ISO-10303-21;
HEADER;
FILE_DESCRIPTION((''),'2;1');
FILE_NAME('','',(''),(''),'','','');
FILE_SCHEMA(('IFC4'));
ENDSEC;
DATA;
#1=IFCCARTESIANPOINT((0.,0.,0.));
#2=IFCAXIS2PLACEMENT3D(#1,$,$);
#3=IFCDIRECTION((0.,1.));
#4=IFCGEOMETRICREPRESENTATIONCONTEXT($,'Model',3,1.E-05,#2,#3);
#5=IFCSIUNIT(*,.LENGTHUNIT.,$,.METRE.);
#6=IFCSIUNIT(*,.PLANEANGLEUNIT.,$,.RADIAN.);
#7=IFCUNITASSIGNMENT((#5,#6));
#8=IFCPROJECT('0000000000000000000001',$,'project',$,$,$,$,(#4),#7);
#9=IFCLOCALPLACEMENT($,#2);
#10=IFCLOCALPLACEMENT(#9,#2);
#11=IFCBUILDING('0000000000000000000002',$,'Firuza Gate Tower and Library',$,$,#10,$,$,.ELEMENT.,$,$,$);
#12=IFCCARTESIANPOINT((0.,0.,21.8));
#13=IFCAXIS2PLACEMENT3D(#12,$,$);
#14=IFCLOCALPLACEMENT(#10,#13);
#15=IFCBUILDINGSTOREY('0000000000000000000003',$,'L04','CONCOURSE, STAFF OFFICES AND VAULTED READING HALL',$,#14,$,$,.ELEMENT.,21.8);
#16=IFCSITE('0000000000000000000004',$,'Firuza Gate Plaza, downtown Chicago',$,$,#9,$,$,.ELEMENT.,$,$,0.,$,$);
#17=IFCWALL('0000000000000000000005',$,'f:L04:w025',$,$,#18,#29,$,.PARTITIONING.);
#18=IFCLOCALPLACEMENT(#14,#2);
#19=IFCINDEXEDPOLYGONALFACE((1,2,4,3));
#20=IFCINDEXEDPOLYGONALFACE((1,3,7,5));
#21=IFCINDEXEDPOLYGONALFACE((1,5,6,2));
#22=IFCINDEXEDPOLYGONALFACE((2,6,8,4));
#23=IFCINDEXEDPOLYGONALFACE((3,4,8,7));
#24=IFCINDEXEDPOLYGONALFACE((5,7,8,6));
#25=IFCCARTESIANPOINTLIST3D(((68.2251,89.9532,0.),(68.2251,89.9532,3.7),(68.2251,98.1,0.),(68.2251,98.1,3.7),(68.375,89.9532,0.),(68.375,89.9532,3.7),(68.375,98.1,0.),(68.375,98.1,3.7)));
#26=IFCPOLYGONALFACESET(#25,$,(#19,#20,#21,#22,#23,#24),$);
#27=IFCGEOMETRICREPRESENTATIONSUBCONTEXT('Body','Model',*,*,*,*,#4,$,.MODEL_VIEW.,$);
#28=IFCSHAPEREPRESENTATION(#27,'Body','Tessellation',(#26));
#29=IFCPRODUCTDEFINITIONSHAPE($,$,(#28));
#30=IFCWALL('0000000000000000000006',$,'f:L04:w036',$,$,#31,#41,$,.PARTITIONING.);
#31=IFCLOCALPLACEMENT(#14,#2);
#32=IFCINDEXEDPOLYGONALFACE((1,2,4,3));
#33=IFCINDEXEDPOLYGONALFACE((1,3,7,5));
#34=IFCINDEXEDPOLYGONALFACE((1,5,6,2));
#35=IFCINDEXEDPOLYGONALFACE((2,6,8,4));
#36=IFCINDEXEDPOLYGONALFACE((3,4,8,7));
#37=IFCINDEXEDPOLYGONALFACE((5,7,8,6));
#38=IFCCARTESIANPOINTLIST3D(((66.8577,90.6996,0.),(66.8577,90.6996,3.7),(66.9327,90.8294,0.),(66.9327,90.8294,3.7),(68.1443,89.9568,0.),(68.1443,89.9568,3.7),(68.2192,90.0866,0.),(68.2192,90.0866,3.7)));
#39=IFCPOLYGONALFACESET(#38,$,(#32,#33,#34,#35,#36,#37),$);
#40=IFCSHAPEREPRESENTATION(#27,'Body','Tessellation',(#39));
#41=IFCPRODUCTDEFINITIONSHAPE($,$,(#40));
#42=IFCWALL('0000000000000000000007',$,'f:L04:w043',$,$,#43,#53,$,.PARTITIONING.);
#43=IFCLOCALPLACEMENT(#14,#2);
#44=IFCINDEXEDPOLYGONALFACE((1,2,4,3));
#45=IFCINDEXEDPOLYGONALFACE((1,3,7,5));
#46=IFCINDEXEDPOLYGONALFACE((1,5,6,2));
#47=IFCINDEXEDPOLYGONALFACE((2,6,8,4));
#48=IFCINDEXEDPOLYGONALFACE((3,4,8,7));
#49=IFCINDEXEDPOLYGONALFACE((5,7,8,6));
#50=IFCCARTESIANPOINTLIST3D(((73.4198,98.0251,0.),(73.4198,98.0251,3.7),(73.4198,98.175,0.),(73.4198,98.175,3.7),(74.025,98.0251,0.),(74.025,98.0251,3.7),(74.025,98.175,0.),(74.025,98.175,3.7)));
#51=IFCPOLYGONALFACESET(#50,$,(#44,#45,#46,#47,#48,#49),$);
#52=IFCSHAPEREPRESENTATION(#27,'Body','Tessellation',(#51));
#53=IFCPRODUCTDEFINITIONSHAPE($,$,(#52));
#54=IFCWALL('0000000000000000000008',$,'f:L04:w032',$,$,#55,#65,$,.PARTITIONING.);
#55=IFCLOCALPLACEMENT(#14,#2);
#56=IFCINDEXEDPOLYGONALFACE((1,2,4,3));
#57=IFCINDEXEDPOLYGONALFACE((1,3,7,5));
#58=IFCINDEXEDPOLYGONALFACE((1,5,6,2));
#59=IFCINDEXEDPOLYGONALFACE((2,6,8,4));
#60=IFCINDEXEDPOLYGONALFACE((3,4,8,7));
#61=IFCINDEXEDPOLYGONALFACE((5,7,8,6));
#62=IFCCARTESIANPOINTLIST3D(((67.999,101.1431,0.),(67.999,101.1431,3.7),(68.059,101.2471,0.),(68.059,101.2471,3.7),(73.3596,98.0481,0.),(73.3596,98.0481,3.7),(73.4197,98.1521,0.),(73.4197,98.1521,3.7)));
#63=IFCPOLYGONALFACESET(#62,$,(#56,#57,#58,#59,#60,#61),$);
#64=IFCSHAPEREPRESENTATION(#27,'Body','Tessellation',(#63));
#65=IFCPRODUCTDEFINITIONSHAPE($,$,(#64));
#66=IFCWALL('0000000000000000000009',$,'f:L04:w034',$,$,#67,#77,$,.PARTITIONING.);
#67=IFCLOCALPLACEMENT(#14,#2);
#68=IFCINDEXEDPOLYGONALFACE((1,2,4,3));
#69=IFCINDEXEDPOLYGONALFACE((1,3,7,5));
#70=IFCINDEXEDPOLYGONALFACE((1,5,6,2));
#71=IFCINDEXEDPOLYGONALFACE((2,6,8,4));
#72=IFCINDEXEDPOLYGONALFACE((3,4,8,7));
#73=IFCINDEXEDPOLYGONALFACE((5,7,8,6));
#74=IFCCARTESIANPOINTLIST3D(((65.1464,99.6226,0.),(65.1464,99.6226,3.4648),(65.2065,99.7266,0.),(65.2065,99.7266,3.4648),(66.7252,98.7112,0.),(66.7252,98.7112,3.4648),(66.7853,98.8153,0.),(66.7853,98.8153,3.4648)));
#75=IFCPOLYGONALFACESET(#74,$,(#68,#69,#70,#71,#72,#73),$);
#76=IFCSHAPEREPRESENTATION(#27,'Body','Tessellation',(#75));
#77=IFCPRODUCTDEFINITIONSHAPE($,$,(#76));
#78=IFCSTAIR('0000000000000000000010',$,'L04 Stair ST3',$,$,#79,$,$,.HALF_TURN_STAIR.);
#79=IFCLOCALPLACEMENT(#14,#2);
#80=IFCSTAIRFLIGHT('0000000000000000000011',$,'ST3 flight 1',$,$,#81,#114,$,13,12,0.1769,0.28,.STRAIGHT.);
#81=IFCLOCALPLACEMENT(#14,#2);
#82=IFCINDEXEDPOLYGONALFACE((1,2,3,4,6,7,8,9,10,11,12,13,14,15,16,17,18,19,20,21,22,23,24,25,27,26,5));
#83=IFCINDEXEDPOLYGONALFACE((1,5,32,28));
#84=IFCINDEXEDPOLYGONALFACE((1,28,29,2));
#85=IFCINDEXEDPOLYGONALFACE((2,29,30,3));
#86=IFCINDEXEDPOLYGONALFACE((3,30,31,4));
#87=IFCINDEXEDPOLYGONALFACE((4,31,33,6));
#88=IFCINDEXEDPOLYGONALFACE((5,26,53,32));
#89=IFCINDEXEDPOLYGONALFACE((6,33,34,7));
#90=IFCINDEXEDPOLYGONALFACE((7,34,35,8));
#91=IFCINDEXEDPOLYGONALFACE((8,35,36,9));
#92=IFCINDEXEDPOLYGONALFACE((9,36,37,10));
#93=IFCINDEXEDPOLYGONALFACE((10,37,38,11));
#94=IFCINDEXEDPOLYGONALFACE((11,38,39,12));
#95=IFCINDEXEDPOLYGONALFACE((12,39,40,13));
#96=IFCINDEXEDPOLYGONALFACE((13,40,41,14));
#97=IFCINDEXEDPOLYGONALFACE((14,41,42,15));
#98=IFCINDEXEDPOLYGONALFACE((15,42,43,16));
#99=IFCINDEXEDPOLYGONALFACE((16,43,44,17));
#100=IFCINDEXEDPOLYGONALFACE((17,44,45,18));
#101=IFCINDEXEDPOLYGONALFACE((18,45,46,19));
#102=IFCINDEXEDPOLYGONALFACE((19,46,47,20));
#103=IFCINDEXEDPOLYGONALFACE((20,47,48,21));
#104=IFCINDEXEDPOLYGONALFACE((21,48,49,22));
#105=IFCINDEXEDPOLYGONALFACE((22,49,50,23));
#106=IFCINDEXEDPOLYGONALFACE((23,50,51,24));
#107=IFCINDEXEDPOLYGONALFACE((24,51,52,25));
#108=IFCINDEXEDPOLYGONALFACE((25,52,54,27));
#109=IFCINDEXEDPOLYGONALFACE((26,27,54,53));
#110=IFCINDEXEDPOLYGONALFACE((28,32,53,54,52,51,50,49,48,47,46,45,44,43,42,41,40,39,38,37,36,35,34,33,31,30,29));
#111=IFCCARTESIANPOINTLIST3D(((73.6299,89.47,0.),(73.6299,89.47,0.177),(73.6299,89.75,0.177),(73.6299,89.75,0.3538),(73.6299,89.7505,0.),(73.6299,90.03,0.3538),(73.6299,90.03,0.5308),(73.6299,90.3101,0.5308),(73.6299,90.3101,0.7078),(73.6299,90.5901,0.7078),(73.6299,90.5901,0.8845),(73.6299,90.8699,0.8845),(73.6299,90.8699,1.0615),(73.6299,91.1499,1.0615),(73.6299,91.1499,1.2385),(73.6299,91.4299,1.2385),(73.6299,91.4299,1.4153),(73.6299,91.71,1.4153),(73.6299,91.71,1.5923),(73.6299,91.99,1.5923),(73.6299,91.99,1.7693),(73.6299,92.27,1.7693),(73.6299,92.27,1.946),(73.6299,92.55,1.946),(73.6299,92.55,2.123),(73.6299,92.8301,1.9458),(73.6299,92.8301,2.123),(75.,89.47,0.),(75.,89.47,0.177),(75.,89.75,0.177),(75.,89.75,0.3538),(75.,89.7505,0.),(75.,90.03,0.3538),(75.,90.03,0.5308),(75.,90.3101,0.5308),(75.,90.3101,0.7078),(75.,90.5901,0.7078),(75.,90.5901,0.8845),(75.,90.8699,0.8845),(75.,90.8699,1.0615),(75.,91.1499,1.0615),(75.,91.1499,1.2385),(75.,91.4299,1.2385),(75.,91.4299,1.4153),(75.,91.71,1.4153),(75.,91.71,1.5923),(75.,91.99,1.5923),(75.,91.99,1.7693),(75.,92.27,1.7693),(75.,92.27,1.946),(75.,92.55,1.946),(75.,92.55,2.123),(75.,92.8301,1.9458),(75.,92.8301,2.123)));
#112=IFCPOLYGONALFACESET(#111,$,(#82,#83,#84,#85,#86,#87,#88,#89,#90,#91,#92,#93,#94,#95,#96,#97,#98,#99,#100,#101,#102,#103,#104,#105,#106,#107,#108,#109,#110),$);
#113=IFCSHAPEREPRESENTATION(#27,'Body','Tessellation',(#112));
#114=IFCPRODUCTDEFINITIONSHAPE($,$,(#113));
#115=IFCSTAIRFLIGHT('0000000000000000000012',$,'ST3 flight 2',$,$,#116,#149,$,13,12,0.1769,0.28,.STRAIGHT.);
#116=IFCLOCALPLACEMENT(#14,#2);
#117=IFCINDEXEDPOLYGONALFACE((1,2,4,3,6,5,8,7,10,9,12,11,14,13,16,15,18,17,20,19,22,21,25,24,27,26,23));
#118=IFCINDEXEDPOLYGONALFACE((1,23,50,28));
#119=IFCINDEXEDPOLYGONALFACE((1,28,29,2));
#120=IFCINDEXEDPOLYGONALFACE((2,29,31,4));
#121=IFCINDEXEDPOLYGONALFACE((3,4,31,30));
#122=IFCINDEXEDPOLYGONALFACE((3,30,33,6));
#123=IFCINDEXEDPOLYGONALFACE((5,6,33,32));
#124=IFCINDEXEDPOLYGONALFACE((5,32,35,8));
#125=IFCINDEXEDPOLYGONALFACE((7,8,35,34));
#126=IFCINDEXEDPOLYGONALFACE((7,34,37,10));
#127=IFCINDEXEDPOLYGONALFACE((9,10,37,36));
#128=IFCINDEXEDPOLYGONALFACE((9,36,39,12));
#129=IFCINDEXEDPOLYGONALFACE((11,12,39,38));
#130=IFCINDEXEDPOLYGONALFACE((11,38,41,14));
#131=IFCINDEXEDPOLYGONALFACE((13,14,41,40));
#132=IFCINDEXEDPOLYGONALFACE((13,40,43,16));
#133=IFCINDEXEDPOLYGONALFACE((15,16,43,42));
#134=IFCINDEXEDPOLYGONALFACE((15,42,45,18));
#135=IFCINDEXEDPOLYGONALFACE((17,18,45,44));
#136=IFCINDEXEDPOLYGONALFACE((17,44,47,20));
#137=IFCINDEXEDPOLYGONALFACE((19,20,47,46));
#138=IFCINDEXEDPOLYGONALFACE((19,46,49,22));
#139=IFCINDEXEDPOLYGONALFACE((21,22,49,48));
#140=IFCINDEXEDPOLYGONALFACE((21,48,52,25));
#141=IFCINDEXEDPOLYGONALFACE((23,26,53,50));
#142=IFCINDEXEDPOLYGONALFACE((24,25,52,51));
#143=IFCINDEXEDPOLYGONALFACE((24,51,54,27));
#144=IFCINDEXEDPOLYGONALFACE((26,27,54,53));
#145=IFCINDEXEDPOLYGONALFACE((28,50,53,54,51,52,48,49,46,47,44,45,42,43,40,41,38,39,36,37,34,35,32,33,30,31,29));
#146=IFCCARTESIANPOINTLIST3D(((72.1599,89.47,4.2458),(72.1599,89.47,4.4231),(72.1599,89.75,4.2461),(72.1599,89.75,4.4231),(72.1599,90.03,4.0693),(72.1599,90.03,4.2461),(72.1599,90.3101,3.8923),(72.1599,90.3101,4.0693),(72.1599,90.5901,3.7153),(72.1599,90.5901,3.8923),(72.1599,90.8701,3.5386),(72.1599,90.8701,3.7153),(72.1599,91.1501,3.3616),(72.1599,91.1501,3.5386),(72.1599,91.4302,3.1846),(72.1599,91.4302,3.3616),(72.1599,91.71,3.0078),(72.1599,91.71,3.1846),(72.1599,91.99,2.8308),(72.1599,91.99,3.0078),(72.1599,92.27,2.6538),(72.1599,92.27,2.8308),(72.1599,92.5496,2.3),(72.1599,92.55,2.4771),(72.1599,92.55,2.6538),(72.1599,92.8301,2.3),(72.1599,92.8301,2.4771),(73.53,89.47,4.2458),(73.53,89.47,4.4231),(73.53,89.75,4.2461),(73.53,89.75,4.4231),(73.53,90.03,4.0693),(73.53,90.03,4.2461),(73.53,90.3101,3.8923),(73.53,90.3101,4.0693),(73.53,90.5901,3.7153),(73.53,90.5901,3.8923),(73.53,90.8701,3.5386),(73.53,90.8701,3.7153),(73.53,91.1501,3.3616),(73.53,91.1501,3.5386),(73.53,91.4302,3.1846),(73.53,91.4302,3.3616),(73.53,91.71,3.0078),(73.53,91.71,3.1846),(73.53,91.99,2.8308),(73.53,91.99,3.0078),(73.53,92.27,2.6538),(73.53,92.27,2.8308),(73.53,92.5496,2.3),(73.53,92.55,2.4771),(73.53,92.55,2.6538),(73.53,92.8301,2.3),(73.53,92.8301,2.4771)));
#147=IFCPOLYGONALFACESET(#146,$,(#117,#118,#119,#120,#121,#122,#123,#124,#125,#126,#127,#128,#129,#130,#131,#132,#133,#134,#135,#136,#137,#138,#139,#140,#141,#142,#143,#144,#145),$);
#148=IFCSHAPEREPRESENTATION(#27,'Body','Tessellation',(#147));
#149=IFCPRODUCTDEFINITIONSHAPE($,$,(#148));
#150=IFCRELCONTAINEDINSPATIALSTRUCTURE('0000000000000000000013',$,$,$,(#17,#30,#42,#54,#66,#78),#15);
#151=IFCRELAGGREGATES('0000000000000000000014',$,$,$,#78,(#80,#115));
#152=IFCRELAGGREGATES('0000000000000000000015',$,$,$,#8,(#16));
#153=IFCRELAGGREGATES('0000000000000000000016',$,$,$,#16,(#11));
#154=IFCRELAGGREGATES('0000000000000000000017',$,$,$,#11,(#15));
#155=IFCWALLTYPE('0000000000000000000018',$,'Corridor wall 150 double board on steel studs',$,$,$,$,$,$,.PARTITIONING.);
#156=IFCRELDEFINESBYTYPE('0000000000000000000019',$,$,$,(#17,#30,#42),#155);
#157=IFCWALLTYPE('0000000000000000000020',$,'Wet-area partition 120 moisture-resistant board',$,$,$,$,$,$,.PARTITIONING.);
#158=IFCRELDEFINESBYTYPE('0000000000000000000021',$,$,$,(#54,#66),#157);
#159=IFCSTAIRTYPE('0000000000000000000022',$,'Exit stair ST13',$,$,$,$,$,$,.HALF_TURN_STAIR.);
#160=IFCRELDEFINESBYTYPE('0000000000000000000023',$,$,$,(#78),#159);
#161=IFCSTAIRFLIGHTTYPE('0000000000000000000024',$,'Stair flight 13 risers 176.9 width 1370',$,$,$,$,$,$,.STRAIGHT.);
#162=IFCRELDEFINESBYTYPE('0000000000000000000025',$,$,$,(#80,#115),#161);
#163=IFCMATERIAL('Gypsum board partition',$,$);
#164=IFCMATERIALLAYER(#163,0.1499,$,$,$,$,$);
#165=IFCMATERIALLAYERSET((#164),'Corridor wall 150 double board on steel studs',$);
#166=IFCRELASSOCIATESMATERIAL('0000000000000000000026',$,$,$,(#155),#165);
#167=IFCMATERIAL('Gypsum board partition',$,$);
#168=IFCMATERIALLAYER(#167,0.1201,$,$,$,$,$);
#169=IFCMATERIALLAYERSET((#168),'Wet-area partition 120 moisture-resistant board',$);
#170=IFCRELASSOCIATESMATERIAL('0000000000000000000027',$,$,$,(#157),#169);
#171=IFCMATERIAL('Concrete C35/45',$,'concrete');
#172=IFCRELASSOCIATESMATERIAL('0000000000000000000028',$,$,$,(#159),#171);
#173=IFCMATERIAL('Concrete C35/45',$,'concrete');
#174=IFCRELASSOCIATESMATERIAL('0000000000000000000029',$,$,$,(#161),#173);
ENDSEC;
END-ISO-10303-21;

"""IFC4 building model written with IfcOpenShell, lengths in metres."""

from ifc_helpers import new_model, si_unit, direction, frame, frame_2d, origin, place, context, subcontext, project, spatial, polyline, rectangle, outline, extrude, material, layer, layer_set, type_object, element, aggregate, save


model = new_model("IFC4")

# Units and contexts
model_context = context("Model", 3, precision=1e-05, world=origin(), true_north=direction((0.0, 1.0)))
body_context = subcontext(model_context, "Body", "Model", "MODEL_VIEW")
ifc_project = project(units=[si_unit("LENGTHUNIT", "METRE"), si_unit("PLANEANGLEUNIT", "RADIAN")], contexts=[model_context])

# Site, building, storey
site_placement = place(None, origin())
site = spatial("IfcSite", under=ifc_project, at=site_placement, Name="Firuza Gate Plaza, downtown Chicago", CompositionType="ELEMENT", RefElevation=0.0)
building_placement = place(site_placement, origin())
building = spatial("IfcBuilding", under=site, at=building_placement, Name="Firuza Gate Tower and Library", CompositionType="ELEMENT")
storey_placement = place(building_placement, frame((0.0, 0.0, 21.8)))
storey = spatial("IfcBuildingStorey", under=building, at=storey_placement, Name="L04", Description="CONCOURSE, STAFF OFFICES AND VAULTED READING HALL", CompositionType="ELEMENT", Elevation=21.8)

# Shared definitions
ifc_material_1 = material(Name="Gypsum board partition")
ifc_layer_1 = layer(ifc_material_1, 0.1499)
ifc_layer_set_1 = layer_set([ifc_layer_1], Name="Corridor wall 150 double board on steel studs")
wall_type_1 = type_object("IfcWallType", Name="Corridor wall 150 double board on steel studs", PredefinedType="PARTITIONING", material=ifc_layer_set_1)

# Walls
wall_1_placement = place(storey_placement, frame((68.3, 89.9534, 0.0), z_axis=(0.0, 0.0, 1.0), x_axis=(0.0, 1.0, 0.0)))
element("IfcWall", 1, at=wall_1_placement, inside=storey, type_object=wall_type_1, Name="f:L04:w025", PredefinedType="PARTITIONING", context=body_context, shape_type="SweptSolid", body=[
    extrude(rectangle(XDim=8.1467, YDim=0.1499, at=frame_2d((4.0732, 0.0))), origin(), (0.0, 0.0, 1.0), 3.7),
])
wall_2_placement = place(storey_placement, frame((68.1816, 90.0217, 0.0), z_axis=(0.0, 0.0, 1.0), x_axis=(-0.865999, 0.500045, 0.0)))
element("IfcWall", 2, at=wall_2_placement, inside=storey, type_object=wall_type_1, Name="f:L04:w036", PredefinedType="PARTITIONING", context=body_context, shape_type="SweptSolid", body=[
    extrude(rectangle(XDim=1.4856, YDim=0.1499, at=frame_2d((0.7427, 0.0))), origin(), (0.0, 0.0, 1.0), 3.7),
])
wall_3_placement = place(storey_placement, frame((73.4197, 98.1001, 0.0), z_axis=(0.0, 0.0, 1.0), x_axis=(1.0, 0.0, 0.0)))
element("IfcWall", 3, at=wall_3_placement, inside=storey, type_object=wall_type_1, Name="f:L04:w043", PredefinedType="PARTITIONING", context=body_context, shape_type="SweptSolid", body=[
    extrude(rectangle(XDim=0.6052, YDim=0.1499, at=frame_2d((0.3027, 0.0))), origin(), (0.0, 0.0, 1.0), 3.7),
])
ifc_material_2 = material(Name="Gypsum board partition")
ifc_layer_2 = layer(ifc_material_2, 0.1201)
ifc_layer_set_2 = layer_set([ifc_layer_2], Name="Wet-area partition 120 moisture-resistant board")
wall_type_2 = type_object("IfcWallType", Name="Wet-area partition 120 moisture-resistant board", PredefinedType="PARTITIONING", material=ifc_layer_set_2)
wall_4_placement = place(storey_placement, frame((73.3896, 98.1001, 0.0), z_axis=(0.0, 0.0, 1.0), x_axis=(-0.866023, 0.500004, 0.0)))
element("IfcWall", 4, at=wall_4_placement, inside=storey, type_object=wall_type_2, Name="f:L04:w032", PredefinedType="PARTITIONING", context=body_context, shape_type="SweptSolid", body=[
    extrude(rectangle(XDim=6.1899, YDim=0.1201, at=frame_2d((3.095, 0.0))), origin(), (0.0, 0.0, 1.0), 3.7),
])
wall_5_placement = place(storey_placement, frame((66.7554, 98.7632, 0.0), z_axis=(0.0, 0.0, 1.0), x_axis=(-0.866067, 0.499927, 0.0)))
element("IfcWall", 5, at=wall_5_placement, inside=storey, type_object=wall_type_2, Name="f:L04:w034", PredefinedType="PARTITIONING", context=body_context, shape_type="SweptSolid", body=[
    extrude(rectangle(XDim=1.823, YDim=0.1201, at=frame_2d((0.9116, 0.0))), origin(), (0.0, 0.0, 1.0), 3.4648),
])

# Stair, stair flights
ifc_material_3 = material(Name="Concrete C35/45", Category="concrete")
stair_type = type_object("IfcStairType", Name="Exit stair ST13", PredefinedType="HALF_TURN_STAIR", material=ifc_material_3)
stair_placement = place(storey_placement, origin())
stair = element("IfcStair", 6, at=stair_placement, inside=storey, type_object=stair_type, Name="L04 Stair ST3", PredefinedType="HALF_TURN_STAIR")
ifc_material_4 = material(Name="Concrete C35/45", Category="concrete")
stair_flight_type = type_object("IfcStairFlightType", Name="Stair flight 13 risers 176.9 width 1370", PredefinedType="STRAIGHT", material=ifc_material_4)
stair_flight_1_placement = place(storey_placement, frame((74.3149, 89.47, 0.0), z_axis=(0.0, 0.0, 1.0), x_axis=(0.0, 1.0, 0.0)))
stair_flight_1 = element("IfcStairFlight", 7, at=stair_flight_1_placement, type_object=stair_flight_type, Name="ST3 flight 1", NumberOfRisers=13, NumberOfTreads=12, PredefinedType="STRAIGHT", RiserHeight=0.1769, TreadLength=0.28, context=body_context, shape_type="SweptSolid", body=[
    extrude(outline(polyline([(0.0, 0.0), (0.0, 0.177), (0.28, 0.177), (0.28, 0.3538), (0.5601, 0.3538), (0.5601, 0.5308), (0.8401, 0.5308), (0.8401, 0.7078), (1.1201, 0.7078), (1.1201, 0.8845), (1.3999, 0.8845), (1.3999, 1.0615), (1.6799, 1.0615), (1.6799, 1.2385), (1.96, 1.2385), (1.96, 1.4153), (2.24, 1.4153), (2.24, 1.5923), (2.52, 1.5923), (2.52, 1.7693), (2.8, 1.7693), (2.8, 1.946), (3.0801, 1.946), (3.0801, 2.123), (3.3601, 2.123), (3.3601, 2.3), (3.3601, 1.9458), (0.2805, 0.0), (0.0, 0.0)])), frame((0.0, 0.6851, 0.0), z_axis=(0.0, -1.0, 0.0), x_axis=(1.0, 0.0, 0.0)), (0.0, 0.0, 1.0), 1.3701),
])
stair_flight_2_placement = place(storey_placement, frame((72.845, 92.8301, 2.3), z_axis=(0.0, 0.0, 1.0), x_axis=(0.0, -1.0, 0.0)))
stair_flight_2 = element("IfcStairFlight", 8, at=stair_flight_2_placement, type_object=stair_flight_type, Name="ST3 flight 2", NumberOfRisers=13, NumberOfTreads=12, PredefinedType="STRAIGHT", RiserHeight=0.1769, TreadLength=0.28, context=body_context, shape_type="SweptSolid", body=[
    extrude(outline(polyline([(0.0, 0.0), (0.0, 0.177), (0.28, 0.177), (0.28, 0.3538), (0.5601, 0.3538), (0.5601, 0.5308), (0.8401, 0.5308), (0.8401, 0.7078), (1.1201, 0.7078), (1.1201, 0.8845), (1.3999, 0.8845), (1.3999, 1.0615), (1.6799, 1.0615), (1.6799, 1.2385), (1.96, 1.2385), (1.96, 1.4153), (2.24, 1.4153), (2.24, 1.5923), (2.52, 1.5923), (2.52, 1.7693), (2.8, 1.7693), (2.8, 1.946), (3.0801, 1.946), (3.0801, 2.123), (3.3601, 2.123), (3.3601, 2.3), (3.3601, 1.9458), (0.2805, 0.0), (0.0, 0.0)])), frame((0.0, 0.6851, 0.0), z_axis=(0.0, -1.0, 0.0), x_axis=(1.0, 0.0, 0.0)), (0.0, 0.0, 1.0), 1.3701),
])
aggregate(stair, [stair_flight_1, stair_flight_2])

save(model, "model.ifc")
